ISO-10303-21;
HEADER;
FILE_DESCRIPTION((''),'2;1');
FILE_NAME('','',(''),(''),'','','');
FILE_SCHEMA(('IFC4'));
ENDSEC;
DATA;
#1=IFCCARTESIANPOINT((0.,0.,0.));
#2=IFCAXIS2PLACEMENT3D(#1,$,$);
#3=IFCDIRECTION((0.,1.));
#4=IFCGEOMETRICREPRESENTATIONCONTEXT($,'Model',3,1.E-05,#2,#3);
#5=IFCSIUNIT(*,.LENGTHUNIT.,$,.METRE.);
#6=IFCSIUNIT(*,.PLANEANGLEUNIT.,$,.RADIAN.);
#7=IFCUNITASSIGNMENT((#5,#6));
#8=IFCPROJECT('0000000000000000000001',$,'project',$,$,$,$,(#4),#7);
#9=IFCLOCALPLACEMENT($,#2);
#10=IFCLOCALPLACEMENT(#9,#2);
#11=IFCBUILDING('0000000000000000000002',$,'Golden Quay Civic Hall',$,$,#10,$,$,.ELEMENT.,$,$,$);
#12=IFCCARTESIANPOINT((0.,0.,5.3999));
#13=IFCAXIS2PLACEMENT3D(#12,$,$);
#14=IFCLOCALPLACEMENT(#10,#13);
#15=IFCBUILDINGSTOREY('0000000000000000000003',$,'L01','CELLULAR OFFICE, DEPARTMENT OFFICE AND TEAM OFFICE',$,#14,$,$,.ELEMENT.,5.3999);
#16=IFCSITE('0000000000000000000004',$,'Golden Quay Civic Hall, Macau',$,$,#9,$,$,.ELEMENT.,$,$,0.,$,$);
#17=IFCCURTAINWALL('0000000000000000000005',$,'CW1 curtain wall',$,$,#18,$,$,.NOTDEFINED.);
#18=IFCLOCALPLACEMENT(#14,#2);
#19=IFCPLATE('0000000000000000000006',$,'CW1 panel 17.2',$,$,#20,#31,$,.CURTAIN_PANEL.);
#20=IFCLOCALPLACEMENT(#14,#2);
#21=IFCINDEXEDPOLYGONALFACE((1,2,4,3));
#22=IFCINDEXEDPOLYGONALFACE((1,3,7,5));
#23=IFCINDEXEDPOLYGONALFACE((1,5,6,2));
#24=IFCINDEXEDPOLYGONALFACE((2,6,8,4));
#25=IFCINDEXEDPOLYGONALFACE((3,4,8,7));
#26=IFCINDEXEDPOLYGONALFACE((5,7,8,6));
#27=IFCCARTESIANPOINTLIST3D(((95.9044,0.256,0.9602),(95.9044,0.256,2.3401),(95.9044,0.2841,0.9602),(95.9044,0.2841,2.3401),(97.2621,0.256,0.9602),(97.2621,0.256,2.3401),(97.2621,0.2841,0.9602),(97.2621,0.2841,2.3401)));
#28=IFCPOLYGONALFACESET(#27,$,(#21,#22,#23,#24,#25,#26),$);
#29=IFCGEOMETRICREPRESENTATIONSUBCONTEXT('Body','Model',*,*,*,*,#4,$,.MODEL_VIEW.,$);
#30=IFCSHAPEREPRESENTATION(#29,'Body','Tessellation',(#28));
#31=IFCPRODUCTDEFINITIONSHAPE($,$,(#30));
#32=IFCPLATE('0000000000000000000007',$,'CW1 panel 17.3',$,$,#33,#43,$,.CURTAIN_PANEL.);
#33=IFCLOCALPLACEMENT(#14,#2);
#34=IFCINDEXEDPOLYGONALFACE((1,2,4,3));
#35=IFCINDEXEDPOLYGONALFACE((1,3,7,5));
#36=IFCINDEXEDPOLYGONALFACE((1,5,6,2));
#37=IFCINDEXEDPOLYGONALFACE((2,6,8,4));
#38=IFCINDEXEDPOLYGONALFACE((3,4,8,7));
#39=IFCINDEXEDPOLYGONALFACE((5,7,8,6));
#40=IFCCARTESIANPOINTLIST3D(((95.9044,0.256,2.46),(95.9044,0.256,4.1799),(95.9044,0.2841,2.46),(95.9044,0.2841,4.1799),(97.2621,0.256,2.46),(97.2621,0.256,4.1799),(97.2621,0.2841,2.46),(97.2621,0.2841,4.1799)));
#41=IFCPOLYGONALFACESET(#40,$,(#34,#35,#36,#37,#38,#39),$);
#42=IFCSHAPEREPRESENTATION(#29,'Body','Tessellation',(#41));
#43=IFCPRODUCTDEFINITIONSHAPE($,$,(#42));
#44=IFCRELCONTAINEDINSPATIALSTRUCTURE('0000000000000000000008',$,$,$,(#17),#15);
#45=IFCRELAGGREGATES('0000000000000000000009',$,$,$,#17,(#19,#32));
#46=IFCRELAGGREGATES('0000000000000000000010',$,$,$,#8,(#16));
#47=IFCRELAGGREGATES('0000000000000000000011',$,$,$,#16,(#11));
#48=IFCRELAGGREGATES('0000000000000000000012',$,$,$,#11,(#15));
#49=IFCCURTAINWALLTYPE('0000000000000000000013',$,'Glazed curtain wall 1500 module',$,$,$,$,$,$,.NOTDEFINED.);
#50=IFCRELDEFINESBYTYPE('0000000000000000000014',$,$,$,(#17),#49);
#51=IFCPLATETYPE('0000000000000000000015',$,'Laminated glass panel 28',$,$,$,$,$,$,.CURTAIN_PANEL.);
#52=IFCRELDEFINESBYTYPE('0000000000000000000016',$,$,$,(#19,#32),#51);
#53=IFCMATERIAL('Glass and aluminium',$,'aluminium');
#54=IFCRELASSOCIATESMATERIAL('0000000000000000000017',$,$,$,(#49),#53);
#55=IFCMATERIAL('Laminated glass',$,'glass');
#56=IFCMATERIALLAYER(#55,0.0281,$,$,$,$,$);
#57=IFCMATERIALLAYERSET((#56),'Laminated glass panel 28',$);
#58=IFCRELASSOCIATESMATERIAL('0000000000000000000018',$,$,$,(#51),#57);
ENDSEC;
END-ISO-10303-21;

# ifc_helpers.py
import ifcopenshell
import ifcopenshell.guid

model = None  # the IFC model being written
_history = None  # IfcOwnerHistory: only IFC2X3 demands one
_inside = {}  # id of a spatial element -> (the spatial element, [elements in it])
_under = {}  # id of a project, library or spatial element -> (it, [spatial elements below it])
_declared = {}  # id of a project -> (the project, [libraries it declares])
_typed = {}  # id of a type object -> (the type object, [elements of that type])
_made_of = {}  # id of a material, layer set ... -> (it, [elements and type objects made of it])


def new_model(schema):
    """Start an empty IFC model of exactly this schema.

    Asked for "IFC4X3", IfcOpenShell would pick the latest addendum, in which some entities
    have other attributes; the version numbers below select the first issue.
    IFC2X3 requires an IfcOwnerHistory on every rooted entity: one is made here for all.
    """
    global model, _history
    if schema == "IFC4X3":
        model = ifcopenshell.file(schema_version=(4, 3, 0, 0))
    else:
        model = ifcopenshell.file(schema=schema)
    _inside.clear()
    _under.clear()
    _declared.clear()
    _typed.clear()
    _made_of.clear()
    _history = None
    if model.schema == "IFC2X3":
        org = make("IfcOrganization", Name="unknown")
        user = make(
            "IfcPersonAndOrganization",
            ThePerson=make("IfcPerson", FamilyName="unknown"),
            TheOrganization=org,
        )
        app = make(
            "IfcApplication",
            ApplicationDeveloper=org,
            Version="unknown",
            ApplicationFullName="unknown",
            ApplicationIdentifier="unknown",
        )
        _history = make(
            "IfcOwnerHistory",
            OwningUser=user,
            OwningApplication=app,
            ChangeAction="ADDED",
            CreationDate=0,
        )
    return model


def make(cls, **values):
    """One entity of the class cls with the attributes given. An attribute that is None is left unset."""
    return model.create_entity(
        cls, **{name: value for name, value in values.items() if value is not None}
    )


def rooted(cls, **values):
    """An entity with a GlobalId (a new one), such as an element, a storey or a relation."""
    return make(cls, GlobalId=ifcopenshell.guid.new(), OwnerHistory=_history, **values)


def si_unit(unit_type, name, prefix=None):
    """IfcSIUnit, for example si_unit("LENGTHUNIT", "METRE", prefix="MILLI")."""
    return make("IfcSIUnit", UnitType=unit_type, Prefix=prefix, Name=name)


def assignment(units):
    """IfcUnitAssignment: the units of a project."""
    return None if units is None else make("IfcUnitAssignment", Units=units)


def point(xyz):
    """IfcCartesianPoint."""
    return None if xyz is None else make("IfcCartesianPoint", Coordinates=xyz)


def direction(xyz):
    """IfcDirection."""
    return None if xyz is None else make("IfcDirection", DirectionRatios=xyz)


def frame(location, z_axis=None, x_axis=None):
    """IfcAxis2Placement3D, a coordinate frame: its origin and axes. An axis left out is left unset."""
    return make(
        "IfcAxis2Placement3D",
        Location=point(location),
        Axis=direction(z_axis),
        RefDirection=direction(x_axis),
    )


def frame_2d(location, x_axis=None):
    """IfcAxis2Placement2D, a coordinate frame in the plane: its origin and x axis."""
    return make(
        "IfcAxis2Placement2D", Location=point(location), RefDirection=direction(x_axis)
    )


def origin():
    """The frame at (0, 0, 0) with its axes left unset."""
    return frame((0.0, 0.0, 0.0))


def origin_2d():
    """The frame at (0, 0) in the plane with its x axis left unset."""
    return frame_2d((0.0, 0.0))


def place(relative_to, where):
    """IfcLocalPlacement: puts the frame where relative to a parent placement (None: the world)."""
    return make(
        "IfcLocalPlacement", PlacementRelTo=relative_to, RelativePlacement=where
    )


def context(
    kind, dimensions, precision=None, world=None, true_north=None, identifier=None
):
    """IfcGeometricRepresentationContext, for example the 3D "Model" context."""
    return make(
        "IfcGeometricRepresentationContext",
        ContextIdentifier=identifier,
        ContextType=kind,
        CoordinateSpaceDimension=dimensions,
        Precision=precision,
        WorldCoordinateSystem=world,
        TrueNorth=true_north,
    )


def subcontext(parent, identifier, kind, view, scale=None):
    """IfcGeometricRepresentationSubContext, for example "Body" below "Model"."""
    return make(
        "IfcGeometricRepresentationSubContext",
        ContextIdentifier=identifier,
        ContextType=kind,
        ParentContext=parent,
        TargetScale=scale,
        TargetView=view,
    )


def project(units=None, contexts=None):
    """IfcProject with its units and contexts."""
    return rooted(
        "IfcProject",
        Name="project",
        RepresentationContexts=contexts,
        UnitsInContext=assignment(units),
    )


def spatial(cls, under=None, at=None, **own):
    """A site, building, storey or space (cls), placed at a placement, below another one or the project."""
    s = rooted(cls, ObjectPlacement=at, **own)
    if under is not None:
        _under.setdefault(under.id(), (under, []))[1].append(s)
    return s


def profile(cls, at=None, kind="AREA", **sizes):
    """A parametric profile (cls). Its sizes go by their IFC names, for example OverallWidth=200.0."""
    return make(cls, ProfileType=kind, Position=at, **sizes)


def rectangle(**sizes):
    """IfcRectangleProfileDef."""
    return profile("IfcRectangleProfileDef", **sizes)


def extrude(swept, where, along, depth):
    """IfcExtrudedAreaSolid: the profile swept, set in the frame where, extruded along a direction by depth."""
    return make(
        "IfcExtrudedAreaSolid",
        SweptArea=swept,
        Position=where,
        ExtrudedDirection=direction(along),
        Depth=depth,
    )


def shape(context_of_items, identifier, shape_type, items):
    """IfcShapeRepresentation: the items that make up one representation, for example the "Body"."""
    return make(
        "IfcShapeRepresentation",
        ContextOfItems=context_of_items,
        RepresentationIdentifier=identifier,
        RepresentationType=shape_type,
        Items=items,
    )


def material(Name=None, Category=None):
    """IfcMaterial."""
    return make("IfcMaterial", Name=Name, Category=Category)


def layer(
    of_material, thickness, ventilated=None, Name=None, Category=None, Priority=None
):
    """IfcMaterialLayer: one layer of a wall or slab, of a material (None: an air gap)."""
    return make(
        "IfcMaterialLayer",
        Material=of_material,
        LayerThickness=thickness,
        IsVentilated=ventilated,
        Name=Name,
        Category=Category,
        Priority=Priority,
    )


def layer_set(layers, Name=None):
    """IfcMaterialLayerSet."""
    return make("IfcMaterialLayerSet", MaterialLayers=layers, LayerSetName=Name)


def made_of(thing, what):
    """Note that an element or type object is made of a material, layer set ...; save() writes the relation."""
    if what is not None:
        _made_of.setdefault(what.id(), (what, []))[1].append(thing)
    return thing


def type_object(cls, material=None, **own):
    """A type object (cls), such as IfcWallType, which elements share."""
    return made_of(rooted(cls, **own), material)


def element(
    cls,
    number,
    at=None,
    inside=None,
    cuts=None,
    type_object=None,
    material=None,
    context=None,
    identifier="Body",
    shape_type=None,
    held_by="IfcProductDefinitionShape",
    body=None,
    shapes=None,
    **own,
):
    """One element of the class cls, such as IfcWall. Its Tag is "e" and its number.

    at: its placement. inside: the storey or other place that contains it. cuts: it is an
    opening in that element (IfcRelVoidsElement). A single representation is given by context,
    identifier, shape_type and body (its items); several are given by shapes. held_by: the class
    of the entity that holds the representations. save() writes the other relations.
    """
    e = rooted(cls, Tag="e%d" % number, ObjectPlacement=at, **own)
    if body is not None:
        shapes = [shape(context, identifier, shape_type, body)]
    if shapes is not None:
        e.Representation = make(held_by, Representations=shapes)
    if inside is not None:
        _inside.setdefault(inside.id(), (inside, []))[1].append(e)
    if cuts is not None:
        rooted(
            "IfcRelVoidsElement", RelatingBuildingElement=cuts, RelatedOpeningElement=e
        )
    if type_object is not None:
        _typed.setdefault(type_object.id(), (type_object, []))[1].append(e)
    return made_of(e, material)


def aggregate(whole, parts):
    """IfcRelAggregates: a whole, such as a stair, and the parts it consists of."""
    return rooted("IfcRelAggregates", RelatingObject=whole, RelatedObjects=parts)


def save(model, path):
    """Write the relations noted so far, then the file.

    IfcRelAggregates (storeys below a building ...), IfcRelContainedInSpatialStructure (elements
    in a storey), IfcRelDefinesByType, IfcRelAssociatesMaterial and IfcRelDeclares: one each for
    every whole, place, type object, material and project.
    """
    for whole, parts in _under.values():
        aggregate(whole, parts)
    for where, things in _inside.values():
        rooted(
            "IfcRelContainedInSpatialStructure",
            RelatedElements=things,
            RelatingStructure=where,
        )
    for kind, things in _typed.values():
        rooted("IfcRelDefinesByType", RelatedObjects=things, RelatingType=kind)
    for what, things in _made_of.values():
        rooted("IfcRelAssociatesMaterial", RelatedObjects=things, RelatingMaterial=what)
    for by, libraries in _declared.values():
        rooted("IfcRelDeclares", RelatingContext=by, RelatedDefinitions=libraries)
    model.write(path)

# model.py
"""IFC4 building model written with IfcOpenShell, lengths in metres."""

from ifc_helpers import new_model, si_unit, direction, frame, origin, origin_2d, place, context, subcontext, project, spatial, rectangle, extrude, material, layer, layer_set, type_object, element, aggregate, save


model = new_model("IFC4")

# Units and contexts
model_context = context("Model", 3, precision=1e-05, world=origin(), true_north=direction((0.0, 1.0)))
body_context = subcontext(model_context, "Body", "Model", "MODEL_VIEW")
ifc_project = project(units=[si_unit("LENGTHUNIT", "METRE"), si_unit("PLANEANGLEUNIT", "RADIAN")], contexts=[model_context])

# Site, building, storey
site_placement = place(None, origin())
site = spatial("IfcSite", under=ifc_project, at=site_placement, Name="Golden Quay Civic Hall, Macau", CompositionType="ELEMENT", RefElevation=0.0)
building_placement = place(site_placement, origin())
building = spatial("IfcBuilding", under=site, at=building_placement, Name="Golden Quay Civic Hall", CompositionType="ELEMENT")
storey_placement = place(building_placement, frame((0.0, 0.0, 5.3999)))
storey = spatial("IfcBuildingStorey", under=building, at=storey_placement, Name="L01", Description="CELLULAR OFFICE, DEPARTMENT OFFICE AND TEAM OFFICE", CompositionType="ELEMENT", Elevation=5.3999)

# Curtain wall
ifc_material_1 = material(Name="Glass and aluminium", Category="aluminium")
curtain_wall_type_1 = type_object("IfcCurtainWallType", Name="Glazed curtain wall 1500 module", PredefinedType="NOTDEFINED", material=ifc_material_1)
curtain_wall_1_placement = place(storey_placement, origin())
curtain_wall_1 = element("IfcCurtainWall", 1, at=curtain_wall_1_placement, inside=storey, type_object=curtain_wall_type_1, Name="CW1 curtain wall", PredefinedType="NOTDEFINED")

# Plates
ifc_material_2 = material(Name="Laminated glass", Category="glass")
ifc_layer_1 = layer(ifc_material_2, 0.0281)
ifc_layer_set_1 = layer_set([ifc_layer_1], Name="Laminated glass panel 28")
plate_type_1 = type_object("IfcPlateType", Name="Laminated glass panel 28", PredefinedType="CURTAIN_PANEL", material=ifc_layer_set_1)
plate_1_placement = place(storey_placement, frame((96.5833, 0.27, 0.9602), z_axis=(0.0, 0.0, 1.0), x_axis=(1.0, 0.0, 0.0)))
plate_1 = element("IfcPlate", 2, at=plate_1_placement, type_object=plate_type_1, Name="CW1 panel 17.2", PredefinedType="CURTAIN_PANEL", context=body_context, shape_type="SweptSolid", body=[
    extrude(rectangle(XDim=1.3577, YDim=0.0281, at=origin_2d()), origin(), (0.0, 0.0, 1.0), 1.3799),
])
plate_2_placement = place(storey_placement, frame((96.5833, 0.27, 2.46), z_axis=(0.0, 0.0, 1.0), x_axis=(1.0, 0.0, 0.0)))
plate_2 = element("IfcPlate", 3, at=plate_2_placement, type_object=plate_type_1, Name="CW1 panel 17.3", PredefinedType="CURTAIN_PANEL", context=body_context, shape_type="SweptSolid", body=[
    extrude(rectangle(XDim=1.3577, YDim=0.0281, at=origin_2d()), origin(), (0.0, 0.0, 1.0), 1.72),
])
aggregate(curtain_wall_1, [plate_1, plate_2])

save(model, "model.ifc")
